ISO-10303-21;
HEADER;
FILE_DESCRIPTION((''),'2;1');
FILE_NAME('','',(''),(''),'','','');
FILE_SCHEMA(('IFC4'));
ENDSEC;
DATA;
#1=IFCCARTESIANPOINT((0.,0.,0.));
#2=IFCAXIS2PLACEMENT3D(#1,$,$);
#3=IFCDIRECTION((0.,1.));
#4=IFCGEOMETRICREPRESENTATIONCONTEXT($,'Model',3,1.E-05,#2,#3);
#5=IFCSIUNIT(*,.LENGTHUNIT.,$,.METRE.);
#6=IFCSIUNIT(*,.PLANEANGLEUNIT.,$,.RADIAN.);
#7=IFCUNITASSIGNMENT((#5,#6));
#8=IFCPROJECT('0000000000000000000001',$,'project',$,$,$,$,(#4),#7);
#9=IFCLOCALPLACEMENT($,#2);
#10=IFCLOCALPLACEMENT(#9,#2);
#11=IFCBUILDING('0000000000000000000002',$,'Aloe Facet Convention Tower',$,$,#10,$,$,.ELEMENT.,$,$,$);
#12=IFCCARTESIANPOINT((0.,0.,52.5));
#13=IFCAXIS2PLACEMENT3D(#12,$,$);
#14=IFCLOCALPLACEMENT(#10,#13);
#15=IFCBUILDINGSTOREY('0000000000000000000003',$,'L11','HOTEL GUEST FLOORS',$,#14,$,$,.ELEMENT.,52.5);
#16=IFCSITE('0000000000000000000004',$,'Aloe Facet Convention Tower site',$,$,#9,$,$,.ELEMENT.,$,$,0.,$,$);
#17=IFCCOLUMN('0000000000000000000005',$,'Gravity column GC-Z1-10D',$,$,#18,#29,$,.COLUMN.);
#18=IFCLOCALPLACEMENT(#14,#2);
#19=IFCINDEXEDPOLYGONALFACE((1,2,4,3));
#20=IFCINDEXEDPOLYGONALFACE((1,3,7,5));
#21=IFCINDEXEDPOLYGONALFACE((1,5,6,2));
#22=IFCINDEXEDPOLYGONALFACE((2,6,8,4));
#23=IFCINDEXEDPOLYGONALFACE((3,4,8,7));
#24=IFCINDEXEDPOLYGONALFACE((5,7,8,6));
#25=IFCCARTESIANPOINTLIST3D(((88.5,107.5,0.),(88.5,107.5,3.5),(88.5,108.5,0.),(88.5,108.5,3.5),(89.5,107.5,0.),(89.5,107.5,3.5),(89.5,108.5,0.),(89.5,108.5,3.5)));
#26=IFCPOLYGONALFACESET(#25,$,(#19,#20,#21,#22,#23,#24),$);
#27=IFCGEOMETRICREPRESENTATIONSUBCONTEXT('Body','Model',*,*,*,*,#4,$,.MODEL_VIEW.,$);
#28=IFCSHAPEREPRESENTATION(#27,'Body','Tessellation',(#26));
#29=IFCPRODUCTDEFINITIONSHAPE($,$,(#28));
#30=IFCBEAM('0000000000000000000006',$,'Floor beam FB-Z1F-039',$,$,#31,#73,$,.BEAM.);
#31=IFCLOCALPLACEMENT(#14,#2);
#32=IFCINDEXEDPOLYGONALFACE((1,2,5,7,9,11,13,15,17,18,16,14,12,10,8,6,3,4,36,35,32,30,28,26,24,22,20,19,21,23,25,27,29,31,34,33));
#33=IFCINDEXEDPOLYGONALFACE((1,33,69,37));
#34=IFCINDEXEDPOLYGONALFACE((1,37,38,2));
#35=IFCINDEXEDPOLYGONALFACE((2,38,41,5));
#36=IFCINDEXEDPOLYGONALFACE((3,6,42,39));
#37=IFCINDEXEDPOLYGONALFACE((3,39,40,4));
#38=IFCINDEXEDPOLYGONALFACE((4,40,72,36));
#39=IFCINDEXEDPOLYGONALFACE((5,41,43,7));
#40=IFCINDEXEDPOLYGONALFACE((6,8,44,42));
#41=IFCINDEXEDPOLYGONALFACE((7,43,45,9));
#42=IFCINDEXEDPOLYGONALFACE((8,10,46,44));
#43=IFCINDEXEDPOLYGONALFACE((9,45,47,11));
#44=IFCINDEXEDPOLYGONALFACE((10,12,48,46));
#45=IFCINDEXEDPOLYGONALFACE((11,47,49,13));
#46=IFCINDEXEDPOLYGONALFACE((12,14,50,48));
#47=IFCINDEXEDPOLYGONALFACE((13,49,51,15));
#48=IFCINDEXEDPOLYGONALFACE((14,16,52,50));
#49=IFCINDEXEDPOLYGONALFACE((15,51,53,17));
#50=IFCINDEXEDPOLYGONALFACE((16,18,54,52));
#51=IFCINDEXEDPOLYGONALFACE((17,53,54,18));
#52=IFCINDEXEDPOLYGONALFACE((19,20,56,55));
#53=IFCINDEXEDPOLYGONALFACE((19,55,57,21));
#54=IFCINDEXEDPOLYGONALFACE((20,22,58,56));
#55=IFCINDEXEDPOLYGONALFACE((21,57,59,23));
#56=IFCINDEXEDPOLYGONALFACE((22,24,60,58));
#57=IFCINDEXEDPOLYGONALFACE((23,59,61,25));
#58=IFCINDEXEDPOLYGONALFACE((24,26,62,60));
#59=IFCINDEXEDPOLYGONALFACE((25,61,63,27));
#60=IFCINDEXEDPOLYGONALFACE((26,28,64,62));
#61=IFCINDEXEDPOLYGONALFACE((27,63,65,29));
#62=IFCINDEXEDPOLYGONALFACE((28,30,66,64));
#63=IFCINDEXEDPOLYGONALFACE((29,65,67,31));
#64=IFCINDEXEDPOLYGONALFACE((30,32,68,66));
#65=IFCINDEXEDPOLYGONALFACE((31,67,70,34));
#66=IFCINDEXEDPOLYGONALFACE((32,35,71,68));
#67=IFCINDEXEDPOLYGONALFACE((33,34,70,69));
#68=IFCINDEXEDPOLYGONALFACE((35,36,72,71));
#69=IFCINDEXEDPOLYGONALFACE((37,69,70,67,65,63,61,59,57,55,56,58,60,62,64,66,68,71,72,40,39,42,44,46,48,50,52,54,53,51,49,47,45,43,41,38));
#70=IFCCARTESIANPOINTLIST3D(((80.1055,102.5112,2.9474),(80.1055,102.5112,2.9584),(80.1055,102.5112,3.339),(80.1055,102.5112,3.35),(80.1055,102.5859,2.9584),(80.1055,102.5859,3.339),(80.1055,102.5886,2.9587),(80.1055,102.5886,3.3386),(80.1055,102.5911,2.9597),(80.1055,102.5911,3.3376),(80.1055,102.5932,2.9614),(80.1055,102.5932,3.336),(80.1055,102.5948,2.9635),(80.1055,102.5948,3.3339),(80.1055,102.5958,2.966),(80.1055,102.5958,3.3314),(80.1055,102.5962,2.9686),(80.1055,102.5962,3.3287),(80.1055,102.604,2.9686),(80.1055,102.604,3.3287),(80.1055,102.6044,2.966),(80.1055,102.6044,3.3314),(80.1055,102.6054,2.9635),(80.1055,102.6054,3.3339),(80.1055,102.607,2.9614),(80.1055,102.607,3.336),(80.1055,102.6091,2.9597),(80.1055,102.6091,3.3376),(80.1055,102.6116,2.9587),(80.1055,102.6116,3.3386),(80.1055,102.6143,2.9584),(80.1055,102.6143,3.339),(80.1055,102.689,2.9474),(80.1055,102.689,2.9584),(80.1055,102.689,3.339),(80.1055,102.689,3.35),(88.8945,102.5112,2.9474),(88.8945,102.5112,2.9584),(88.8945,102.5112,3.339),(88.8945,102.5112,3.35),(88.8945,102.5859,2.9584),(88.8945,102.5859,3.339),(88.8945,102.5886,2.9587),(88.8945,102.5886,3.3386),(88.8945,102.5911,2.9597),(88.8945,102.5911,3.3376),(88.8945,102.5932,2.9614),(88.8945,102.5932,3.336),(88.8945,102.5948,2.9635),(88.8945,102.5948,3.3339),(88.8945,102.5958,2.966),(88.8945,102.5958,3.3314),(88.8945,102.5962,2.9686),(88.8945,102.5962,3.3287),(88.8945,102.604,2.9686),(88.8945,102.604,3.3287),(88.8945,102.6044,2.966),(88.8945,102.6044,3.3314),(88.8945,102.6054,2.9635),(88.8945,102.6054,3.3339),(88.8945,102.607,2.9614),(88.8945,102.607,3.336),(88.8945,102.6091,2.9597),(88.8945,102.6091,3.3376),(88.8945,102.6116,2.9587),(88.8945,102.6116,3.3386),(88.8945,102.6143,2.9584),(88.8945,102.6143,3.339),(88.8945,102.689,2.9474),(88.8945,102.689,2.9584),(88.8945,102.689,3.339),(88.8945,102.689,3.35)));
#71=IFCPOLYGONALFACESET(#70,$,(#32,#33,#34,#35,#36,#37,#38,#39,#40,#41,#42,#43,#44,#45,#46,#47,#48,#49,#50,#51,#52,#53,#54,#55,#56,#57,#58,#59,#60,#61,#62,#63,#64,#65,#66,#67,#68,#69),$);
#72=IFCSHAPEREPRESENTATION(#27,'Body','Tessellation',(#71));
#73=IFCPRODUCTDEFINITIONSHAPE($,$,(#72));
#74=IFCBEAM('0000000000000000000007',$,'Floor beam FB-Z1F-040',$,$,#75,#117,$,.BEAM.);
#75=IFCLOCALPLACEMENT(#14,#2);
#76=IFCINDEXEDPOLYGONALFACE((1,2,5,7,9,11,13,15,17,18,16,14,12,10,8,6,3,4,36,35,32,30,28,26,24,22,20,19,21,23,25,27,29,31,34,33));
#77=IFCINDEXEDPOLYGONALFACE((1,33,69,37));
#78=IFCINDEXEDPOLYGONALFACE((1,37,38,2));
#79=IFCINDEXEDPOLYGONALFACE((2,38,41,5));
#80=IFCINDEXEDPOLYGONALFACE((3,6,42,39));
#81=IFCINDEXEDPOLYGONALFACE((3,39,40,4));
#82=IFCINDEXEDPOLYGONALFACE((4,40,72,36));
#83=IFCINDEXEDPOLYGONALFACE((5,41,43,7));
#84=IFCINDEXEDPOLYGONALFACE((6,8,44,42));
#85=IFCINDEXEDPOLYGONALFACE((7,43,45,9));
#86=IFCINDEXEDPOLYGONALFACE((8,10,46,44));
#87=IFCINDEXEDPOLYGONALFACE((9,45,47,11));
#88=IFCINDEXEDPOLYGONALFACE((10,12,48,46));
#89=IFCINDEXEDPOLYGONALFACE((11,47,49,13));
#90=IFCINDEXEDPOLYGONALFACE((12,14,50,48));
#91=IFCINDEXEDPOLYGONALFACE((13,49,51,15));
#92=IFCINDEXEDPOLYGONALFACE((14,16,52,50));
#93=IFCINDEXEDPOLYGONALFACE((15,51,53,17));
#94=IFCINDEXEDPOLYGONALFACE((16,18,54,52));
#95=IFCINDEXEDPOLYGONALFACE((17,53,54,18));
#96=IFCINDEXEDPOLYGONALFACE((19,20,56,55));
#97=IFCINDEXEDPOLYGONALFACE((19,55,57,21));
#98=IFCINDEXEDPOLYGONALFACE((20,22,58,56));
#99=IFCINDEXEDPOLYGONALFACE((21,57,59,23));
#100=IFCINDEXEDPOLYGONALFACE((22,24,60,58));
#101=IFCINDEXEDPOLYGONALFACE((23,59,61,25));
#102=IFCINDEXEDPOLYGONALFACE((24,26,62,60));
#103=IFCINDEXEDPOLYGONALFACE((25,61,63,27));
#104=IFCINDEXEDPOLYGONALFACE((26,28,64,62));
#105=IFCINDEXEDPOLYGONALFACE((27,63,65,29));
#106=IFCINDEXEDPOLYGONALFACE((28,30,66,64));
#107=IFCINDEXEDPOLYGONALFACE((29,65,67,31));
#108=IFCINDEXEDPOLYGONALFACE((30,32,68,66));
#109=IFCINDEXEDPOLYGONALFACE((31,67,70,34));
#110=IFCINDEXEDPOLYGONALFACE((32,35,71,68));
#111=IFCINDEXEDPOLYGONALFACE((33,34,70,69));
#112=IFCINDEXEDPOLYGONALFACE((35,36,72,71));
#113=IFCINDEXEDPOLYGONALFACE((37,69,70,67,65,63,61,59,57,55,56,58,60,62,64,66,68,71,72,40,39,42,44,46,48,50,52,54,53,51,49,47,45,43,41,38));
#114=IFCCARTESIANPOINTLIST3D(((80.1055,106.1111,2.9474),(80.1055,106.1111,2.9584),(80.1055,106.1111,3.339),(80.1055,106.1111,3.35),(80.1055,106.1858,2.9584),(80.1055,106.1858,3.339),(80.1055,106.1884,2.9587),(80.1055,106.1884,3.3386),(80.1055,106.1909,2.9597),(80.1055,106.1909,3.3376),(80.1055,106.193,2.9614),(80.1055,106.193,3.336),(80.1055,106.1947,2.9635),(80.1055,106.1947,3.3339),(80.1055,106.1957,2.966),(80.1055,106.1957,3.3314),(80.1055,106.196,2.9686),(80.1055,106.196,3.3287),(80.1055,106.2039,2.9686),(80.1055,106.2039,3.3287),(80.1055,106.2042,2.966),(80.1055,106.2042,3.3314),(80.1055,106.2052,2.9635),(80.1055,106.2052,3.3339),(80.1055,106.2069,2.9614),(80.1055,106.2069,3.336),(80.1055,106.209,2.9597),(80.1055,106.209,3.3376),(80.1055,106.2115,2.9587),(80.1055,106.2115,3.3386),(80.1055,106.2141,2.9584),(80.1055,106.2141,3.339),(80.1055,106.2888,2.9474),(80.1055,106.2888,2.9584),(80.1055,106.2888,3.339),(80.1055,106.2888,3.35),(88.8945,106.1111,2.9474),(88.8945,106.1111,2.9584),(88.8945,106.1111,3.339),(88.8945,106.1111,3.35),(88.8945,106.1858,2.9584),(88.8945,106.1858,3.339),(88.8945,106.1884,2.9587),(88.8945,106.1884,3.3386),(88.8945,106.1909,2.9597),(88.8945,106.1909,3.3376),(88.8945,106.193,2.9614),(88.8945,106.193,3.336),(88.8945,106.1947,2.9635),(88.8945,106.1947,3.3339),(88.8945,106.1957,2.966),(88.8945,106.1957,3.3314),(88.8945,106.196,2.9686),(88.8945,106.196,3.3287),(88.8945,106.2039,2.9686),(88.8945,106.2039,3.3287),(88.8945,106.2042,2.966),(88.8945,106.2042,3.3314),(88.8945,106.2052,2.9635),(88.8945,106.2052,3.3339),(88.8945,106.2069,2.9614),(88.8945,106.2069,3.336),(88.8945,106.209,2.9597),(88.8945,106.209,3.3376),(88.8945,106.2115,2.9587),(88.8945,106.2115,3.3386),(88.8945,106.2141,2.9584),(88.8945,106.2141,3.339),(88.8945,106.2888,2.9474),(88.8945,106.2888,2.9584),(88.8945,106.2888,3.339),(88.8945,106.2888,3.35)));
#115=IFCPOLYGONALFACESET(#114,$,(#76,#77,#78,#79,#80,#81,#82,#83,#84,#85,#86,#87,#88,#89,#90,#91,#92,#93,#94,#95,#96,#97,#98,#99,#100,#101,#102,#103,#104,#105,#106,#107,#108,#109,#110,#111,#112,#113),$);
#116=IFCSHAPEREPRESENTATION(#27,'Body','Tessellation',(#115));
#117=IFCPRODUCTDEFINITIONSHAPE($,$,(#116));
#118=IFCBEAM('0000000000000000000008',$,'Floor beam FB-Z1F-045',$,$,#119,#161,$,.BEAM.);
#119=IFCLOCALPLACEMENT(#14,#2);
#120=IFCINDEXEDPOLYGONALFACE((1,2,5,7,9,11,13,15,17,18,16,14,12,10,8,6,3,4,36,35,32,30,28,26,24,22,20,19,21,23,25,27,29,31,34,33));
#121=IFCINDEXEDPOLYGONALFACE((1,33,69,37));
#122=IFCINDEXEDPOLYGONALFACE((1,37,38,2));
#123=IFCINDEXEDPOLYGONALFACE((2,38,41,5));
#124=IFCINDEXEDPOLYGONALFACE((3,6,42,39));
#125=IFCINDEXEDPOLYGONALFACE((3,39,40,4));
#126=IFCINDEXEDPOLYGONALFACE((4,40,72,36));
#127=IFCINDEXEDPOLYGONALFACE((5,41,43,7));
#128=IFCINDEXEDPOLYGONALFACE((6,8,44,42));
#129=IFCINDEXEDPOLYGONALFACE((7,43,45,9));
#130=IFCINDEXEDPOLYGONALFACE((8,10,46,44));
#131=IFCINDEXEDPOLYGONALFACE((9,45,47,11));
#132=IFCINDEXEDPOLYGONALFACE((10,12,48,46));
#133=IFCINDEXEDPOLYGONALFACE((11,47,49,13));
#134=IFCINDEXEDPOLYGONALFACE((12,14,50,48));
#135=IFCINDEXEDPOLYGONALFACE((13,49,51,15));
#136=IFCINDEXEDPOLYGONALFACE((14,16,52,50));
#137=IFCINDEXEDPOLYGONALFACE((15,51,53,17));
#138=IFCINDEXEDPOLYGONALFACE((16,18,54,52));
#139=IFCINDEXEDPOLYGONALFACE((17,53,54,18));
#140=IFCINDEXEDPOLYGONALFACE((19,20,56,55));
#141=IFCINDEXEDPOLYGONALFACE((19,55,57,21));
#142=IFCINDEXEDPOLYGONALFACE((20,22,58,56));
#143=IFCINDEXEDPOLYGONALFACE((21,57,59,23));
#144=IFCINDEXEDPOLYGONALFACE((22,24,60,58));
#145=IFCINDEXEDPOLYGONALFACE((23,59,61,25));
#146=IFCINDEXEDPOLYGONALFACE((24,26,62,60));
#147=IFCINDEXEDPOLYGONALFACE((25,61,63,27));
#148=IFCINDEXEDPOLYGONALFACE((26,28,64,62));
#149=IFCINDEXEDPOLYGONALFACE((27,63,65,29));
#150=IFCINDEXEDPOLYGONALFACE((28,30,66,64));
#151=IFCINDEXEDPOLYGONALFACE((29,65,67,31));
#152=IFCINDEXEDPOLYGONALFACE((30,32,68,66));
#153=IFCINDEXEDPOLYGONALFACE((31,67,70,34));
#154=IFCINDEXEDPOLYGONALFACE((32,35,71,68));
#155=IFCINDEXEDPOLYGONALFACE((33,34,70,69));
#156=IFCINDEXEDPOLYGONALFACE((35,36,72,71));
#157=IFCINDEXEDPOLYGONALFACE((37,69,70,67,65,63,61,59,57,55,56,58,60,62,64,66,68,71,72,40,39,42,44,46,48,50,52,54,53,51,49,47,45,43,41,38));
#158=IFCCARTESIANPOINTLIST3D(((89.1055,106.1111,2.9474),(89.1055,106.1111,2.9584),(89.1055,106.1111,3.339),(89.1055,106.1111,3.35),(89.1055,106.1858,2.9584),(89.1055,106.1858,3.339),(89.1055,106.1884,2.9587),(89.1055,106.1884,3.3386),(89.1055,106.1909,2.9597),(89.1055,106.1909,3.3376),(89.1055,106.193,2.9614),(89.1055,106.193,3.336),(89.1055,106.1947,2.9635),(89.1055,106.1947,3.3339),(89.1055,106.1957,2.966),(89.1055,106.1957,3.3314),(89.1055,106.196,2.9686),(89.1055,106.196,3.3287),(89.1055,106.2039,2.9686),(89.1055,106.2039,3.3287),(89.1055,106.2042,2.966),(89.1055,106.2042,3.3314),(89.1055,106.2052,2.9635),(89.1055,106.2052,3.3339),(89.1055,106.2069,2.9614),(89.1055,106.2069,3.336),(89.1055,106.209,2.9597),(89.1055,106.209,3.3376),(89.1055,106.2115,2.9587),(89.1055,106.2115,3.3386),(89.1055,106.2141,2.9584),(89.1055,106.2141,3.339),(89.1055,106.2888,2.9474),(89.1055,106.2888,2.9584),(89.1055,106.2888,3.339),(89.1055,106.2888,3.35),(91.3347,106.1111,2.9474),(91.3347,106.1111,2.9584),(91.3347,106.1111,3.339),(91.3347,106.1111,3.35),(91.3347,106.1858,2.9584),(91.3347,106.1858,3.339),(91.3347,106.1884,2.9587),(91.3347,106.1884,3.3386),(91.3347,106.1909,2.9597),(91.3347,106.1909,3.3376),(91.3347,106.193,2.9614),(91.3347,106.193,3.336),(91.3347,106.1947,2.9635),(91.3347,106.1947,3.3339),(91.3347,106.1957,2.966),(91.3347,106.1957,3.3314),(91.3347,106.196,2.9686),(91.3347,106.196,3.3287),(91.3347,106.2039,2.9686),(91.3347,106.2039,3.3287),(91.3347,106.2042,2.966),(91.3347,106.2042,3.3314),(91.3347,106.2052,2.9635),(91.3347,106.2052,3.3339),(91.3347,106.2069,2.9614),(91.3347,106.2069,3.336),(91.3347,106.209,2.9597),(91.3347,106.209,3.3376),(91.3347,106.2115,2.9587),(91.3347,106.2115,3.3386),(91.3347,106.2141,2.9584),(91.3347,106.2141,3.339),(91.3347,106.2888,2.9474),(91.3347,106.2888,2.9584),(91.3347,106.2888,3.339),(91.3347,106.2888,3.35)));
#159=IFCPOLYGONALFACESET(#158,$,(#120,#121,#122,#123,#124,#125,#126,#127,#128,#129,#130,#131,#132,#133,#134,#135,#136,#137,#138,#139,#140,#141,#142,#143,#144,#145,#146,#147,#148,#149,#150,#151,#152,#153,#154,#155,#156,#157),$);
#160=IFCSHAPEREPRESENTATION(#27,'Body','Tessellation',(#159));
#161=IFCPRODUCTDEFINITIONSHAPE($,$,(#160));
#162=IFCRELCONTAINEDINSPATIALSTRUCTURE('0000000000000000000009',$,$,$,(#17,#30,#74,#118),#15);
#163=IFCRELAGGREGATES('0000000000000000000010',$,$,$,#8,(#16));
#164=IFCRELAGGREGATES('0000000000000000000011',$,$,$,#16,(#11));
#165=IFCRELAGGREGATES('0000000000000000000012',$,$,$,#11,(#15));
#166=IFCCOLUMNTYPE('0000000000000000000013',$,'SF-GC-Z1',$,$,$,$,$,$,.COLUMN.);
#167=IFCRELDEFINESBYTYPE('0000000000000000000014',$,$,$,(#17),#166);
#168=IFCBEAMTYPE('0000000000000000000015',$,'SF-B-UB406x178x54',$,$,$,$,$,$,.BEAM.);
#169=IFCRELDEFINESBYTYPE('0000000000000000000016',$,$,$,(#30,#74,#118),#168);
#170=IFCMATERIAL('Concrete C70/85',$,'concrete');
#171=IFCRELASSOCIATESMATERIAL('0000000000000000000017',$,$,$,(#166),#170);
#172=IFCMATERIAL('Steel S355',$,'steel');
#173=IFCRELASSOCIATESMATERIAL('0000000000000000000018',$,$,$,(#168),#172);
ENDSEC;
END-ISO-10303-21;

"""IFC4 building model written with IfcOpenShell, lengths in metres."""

from ifc_helpers import new_model, si_unit, direction, frame, origin, origin_2d, place, context, subcontext, project, spatial, rectangle, i_section, extrude, material, material_profile, profile_set, type_object, element, save


model = new_model("IFC4")

# Units and contexts
model_context = context("Model", 3, precision=1e-05, world=origin(), true_north=direction((0.0, 1.0)))
body_context = subcontext(model_context, "Body", "Model", "MODEL_VIEW")
ifc_project = project(units=[si_unit("LENGTHUNIT", "METRE"), si_unit("PLANEANGLEUNIT", "RADIAN")], contexts=[model_context])

# Site, building, storey
site_placement = place(None, origin())
site = spatial("IfcSite", under=ifc_project, at=site_placement, Name="Aloe Facet Convention Tower site", CompositionType="ELEMENT", RefElevation=0.0)
building_placement = place(site_placement, origin())
building = spatial("IfcBuilding", under=site, at=building_placement, Name="Aloe Facet Convention Tower", CompositionType="ELEMENT")
storey_placement = place(building_placement, frame((0.0, 0.0, 52.5)))
storey = spatial("IfcBuildingStorey", under=building, at=storey_placement, Name="L11", Description="HOTEL GUEST FLOORS", CompositionType="ELEMENT", Elevation=52.5)

# Column
ifc_material_1 = material(Name="Concrete C70/85", Category="concrete")
ifc_material_profile_1 = material_profile(ifc_material_1, rectangle(XDim=1.0, YDim=1.0, at=origin_2d()), Name="SF-GC-Z1")
ifc_profile_set_1 = profile_set([ifc_material_profile_1], Name="Concrete C70/85")
column_type = type_object("IfcColumnType", Name="SF-GC-Z1", PredefinedType="COLUMN", material=ifc_profile_set_1)
column_placement = place(storey_placement, frame((89.0, 108.0, 0.0), z_axis=(0.0, 0.0, 1.0), x_axis=(1.0, 0.0, 0.0)))
element("IfcColumn", 1, at=column_placement, inside=storey, type_object=column_type, Name="Gravity column GC-Z1-10D", PredefinedType="COLUMN", context=body_context, shape_type="SweptSolid", body=[
    extrude(rectangle(XDim=1.0, YDim=1.0, at=origin_2d()), origin(), (0.0, 0.0, 1.0), 3.5),
])

# Beams
ifc_material_2 = material(Name="Steel S355", Category="steel")
ifc_material_profile_2 = material_profile(ifc_material_2, i_section(OverallWidth=0.1777, OverallDepth=0.4026, WebThickness=0.0078, FlangeThickness=0.011, FilletRadius=0.0103, at=origin_2d()), Name="UB 406x178x54")
ifc_profile_set_2 = profile_set([ifc_material_profile_2], Name="Steel S355")
beam_type_1 = type_object("IfcBeamType", Name="SF-B-UB406x178x54", PredefinedType="BEAM", material=ifc_profile_set_2)
for number, where, z_axis, x_axis, name in (
    (2, (80.1055, 102.6001, 3.1487), (1.0, 0.0, 0.0), (0.0, 1.0, 0.0), "Floor beam FB-Z1F-039"),
    (3, (80.1055, 106.2, 3.1487), (1.0, 0.0, 0.0), (0.0, 1.0, 0.0), "Floor beam FB-Z1F-040"),
):
    element("IfcBeam", number, at=place(storey_placement, frame(where, z_axis=z_axis, x_axis=x_axis)), inside=storey, type_object=beam_type_1, Name=name, PredefinedType="BEAM", context=body_context, shape_type="SweptSolid", body=[
        extrude(i_section(OverallWidth=0.1777, OverallDepth=0.4026, WebThickness=0.0078, FlangeThickness=0.011, FilletRadius=0.0103, at=origin_2d()), origin(), (0.0, 0.0, 1.0), 8.7891),
    ])
beam_1_placement = place(storey_placement, frame((89.1055, 106.2, 3.1487), z_axis=(1.0, 0.0, 0.0), x_axis=(0.0, 1.0, 0.0)))
element("IfcBeam", 4, at=beam_1_placement, inside=storey, type_object=beam_type_1, Name="Floor beam FB-Z1F-045", PredefinedType="BEAM", context=body_context, shape_type="SweptSolid", body=[
    extrude(i_section(OverallWidth=0.1777, OverallDepth=0.4026, WebThickness=0.0078, FlangeThickness=0.011, FilletRadius=0.0103, at=origin_2d()), origin(), (0.0, 0.0, 1.0), 2.2292),
])

save(model, "model.ifc")
